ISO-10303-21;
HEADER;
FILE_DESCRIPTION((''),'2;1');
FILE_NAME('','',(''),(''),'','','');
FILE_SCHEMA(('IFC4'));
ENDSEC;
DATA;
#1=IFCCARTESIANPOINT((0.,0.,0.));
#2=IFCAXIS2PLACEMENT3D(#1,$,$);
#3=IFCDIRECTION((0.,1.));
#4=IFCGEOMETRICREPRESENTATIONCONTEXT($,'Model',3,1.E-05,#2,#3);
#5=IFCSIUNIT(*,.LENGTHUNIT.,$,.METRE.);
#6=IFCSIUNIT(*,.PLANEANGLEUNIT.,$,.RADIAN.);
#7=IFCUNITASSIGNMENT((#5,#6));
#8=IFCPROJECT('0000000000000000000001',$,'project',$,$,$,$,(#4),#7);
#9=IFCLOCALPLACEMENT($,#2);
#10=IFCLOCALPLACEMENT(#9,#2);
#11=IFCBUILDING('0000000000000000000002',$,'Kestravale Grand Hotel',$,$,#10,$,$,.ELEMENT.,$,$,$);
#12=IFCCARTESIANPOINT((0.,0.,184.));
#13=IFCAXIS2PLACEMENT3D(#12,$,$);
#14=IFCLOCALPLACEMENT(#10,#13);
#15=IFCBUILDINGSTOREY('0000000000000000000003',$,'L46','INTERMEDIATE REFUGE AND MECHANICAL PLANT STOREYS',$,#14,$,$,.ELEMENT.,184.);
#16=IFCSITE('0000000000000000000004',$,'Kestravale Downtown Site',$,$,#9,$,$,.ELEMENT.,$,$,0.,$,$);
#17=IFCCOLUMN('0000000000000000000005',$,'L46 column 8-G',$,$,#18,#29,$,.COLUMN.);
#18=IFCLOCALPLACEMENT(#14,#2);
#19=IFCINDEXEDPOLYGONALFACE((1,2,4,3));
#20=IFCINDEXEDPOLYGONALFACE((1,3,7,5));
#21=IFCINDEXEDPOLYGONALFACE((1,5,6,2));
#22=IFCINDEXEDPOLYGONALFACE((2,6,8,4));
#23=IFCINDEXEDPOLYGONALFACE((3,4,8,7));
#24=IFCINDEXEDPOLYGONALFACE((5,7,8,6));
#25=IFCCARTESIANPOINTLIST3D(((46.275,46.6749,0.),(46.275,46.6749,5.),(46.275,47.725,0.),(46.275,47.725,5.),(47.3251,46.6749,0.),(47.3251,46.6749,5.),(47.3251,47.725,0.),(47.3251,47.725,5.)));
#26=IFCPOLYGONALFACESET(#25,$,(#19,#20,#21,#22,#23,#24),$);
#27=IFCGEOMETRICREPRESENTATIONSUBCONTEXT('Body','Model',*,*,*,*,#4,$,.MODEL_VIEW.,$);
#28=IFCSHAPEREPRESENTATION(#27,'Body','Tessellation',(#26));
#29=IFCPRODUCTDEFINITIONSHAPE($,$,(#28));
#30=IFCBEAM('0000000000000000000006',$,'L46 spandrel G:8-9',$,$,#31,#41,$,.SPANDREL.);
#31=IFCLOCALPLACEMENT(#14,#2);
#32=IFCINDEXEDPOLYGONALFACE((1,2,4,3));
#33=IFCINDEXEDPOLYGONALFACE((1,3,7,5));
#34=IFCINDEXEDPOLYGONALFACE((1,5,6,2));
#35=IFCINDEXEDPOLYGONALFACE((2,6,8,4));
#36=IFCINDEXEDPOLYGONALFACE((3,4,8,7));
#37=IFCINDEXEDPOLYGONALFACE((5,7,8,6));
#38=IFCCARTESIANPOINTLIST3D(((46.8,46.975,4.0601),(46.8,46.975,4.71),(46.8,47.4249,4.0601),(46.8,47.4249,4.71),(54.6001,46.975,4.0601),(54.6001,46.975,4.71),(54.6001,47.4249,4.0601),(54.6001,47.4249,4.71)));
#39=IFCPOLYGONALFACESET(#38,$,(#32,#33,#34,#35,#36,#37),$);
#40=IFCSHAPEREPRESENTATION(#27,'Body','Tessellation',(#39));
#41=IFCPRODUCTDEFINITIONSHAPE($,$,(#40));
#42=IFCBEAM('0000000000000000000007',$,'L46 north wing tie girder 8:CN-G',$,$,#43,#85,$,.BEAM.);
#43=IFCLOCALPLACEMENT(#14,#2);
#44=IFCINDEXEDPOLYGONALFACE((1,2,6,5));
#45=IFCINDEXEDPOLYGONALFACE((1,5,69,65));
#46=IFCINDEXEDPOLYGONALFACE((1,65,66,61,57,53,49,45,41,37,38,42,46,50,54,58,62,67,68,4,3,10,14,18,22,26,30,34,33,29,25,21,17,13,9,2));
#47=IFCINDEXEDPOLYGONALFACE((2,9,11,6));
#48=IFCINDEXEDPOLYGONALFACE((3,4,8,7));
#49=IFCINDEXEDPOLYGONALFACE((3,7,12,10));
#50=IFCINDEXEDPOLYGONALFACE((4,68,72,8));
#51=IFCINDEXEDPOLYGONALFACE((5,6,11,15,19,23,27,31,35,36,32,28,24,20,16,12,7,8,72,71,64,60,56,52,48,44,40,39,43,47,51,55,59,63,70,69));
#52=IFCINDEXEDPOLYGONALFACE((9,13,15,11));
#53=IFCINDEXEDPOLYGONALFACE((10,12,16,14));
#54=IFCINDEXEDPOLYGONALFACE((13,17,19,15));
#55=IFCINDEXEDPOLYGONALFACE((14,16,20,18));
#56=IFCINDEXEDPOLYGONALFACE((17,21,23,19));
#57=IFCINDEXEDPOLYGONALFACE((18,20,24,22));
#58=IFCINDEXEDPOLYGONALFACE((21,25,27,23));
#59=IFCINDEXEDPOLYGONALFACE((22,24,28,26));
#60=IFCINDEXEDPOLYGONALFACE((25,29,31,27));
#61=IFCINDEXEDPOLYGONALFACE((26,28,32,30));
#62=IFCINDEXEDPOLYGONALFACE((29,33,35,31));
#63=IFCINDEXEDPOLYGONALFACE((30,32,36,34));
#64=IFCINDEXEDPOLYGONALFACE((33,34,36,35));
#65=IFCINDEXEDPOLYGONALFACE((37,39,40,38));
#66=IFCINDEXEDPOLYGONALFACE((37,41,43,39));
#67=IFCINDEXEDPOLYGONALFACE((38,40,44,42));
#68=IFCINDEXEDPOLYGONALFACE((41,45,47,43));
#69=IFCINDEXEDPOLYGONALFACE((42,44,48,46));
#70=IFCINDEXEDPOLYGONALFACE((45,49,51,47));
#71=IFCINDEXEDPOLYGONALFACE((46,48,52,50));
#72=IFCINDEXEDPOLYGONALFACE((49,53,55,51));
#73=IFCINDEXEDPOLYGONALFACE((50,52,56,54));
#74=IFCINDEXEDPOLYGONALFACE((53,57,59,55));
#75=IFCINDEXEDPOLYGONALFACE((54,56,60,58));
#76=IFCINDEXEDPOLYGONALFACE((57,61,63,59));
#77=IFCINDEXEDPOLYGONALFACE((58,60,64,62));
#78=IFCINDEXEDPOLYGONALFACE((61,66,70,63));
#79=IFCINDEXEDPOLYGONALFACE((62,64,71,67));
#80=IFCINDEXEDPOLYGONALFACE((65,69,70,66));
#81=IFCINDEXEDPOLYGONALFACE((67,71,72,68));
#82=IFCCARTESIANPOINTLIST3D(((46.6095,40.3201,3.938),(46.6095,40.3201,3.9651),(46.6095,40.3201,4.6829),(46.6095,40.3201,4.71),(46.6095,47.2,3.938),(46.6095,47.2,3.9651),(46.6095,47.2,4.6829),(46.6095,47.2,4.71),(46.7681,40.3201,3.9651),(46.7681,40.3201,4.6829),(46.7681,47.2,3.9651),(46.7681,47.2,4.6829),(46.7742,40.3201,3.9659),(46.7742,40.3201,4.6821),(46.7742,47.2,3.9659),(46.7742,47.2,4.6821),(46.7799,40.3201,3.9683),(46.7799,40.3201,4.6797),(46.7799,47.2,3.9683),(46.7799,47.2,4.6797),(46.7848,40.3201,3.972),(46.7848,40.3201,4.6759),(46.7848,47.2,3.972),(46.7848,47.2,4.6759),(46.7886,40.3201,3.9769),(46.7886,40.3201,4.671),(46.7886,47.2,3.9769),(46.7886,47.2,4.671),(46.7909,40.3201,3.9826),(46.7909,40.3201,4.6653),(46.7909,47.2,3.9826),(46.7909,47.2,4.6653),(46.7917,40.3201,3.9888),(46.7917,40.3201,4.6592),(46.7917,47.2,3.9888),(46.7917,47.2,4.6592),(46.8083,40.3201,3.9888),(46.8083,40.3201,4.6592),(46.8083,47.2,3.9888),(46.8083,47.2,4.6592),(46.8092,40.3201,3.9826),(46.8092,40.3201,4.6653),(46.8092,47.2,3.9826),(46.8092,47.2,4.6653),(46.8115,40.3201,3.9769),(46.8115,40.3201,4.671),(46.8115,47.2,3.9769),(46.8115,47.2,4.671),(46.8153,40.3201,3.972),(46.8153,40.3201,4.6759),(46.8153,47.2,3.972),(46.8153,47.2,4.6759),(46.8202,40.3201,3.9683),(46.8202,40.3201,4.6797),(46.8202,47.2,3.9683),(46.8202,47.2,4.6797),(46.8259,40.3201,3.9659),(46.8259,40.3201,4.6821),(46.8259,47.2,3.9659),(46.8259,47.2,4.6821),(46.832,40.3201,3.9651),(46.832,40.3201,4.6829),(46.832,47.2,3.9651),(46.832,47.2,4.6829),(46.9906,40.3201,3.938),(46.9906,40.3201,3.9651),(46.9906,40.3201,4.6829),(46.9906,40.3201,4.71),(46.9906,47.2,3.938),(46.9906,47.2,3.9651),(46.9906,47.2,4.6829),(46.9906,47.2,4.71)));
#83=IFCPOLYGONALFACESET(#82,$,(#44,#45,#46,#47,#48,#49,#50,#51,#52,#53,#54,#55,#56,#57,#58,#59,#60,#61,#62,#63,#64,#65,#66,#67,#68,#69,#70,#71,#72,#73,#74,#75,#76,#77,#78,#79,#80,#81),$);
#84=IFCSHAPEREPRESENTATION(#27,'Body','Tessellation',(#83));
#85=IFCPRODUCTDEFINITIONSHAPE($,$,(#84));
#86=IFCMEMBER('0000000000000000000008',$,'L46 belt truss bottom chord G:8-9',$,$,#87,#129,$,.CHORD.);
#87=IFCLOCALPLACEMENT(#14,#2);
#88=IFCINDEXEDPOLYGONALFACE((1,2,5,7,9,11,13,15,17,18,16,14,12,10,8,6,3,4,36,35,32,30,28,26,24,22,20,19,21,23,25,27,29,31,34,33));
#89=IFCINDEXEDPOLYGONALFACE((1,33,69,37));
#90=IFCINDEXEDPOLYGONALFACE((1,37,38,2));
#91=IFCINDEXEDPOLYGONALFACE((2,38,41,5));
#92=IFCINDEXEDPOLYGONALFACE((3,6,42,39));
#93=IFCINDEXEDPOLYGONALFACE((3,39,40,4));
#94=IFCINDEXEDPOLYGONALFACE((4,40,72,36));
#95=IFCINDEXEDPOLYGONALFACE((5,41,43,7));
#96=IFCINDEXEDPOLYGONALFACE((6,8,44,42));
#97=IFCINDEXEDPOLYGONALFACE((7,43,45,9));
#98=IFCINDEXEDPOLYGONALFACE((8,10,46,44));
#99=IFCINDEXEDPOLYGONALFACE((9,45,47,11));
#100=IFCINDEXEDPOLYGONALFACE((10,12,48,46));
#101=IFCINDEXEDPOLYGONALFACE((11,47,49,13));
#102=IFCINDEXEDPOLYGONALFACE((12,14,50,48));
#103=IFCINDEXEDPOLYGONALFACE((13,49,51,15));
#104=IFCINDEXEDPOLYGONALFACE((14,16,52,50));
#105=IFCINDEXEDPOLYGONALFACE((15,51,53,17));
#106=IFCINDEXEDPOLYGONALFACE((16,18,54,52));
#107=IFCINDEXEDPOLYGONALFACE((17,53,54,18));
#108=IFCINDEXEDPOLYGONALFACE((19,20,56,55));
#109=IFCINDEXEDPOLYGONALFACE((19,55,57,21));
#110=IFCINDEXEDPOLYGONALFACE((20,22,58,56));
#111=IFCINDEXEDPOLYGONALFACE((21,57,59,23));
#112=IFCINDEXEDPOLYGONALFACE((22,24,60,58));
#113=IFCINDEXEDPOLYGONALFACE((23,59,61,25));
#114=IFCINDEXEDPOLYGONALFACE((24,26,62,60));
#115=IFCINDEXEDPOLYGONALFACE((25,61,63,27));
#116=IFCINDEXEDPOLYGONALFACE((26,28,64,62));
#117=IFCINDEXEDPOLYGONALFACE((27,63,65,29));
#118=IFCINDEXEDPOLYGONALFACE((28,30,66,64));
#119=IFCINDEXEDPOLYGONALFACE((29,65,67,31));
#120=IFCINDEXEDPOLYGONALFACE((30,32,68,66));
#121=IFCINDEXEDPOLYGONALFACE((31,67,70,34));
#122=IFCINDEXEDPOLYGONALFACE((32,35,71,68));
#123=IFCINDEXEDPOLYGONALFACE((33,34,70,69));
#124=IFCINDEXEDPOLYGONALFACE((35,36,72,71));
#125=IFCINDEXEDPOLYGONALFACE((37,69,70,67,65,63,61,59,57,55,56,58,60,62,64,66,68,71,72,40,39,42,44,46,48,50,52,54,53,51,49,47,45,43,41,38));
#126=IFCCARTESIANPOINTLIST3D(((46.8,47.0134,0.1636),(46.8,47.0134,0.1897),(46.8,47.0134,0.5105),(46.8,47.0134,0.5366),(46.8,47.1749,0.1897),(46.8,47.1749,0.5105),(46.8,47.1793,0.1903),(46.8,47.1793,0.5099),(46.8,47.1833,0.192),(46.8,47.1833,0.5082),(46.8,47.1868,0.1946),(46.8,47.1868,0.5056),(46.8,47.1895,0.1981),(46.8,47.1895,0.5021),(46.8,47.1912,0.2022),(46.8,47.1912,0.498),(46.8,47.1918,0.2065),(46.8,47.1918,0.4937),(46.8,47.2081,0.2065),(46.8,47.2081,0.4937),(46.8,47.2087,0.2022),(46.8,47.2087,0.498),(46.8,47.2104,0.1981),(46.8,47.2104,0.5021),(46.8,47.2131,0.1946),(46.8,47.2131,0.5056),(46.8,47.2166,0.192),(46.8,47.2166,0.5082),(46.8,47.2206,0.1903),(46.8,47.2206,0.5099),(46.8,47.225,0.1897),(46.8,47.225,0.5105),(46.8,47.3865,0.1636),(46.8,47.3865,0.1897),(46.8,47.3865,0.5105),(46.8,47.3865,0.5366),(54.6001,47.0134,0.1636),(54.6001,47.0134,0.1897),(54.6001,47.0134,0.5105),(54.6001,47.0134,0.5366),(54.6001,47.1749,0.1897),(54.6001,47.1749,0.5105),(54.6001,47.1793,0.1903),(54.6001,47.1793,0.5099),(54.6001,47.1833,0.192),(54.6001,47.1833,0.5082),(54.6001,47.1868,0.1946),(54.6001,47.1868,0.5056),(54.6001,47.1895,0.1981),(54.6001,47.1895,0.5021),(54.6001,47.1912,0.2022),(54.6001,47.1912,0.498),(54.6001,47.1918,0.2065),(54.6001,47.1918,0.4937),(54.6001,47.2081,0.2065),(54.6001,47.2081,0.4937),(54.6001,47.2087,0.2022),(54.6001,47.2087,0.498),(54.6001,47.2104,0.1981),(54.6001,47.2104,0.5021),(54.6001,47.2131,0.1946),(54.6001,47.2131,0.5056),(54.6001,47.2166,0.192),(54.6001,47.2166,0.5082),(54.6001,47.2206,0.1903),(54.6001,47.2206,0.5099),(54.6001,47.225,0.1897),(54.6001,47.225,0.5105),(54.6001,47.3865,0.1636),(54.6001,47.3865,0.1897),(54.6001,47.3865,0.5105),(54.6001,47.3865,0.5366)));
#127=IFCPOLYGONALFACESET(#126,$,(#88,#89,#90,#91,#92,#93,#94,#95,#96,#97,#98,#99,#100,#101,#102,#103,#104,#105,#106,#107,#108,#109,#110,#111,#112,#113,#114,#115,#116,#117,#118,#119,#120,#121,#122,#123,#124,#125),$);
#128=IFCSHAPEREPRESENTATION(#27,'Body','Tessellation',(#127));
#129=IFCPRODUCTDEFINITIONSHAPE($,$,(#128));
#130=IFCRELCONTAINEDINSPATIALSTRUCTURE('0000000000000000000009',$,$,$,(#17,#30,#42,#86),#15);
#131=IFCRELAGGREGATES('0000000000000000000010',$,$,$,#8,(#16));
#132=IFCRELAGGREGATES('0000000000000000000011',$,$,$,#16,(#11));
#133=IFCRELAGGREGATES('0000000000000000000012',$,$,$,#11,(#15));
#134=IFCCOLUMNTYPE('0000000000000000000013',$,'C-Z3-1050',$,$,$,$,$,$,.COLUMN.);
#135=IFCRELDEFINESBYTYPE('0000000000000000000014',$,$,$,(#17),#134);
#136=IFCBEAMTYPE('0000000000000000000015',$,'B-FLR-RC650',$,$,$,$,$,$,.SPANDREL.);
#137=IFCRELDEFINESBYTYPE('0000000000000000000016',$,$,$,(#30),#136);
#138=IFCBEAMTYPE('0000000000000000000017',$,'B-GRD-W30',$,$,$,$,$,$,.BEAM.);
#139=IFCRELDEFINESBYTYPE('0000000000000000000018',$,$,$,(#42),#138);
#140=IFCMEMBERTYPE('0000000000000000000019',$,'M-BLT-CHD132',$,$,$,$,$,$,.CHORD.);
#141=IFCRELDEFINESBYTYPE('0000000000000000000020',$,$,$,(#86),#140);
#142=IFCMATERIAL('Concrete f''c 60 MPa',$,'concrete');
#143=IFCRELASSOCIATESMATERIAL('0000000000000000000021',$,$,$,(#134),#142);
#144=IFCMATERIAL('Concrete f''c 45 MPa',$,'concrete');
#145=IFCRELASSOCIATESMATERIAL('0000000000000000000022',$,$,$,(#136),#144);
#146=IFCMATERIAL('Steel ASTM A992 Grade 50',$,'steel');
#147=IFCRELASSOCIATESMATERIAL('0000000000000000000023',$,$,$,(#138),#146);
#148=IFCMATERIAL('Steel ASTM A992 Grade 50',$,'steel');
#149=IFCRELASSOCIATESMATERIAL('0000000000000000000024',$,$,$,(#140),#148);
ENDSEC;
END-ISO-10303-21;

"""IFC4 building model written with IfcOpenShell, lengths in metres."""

from ifc_helpers import new_model, si_unit, direction, frame, origin, origin_2d, place, context, subcontext, project, spatial, rectangle, i_section, extrude, material, material_profile, profile_set, type_object, element, save


model = new_model("IFC4")

# Units and contexts
model_context = context("Model", 3, precision=1e-05, world=origin(), true_north=direction((0.0, 1.0)))
body_context = subcontext(model_context, "Body", "Model", "MODEL_VIEW")
ifc_project = project(units=[si_unit("LENGTHUNIT", "METRE"), si_unit("PLANEANGLEUNIT", "RADIAN")], contexts=[model_context])

# Site, building, storey
site_placement = place(None, origin())
site = spatial("IfcSite", under=ifc_project, at=site_placement, Name="Kestravale Downtown Site", CompositionType="ELEMENT", RefElevation=0.0)
building_placement = place(site_placement, origin())
building = spatial("IfcBuilding", under=site, at=building_placement, Name="Kestravale Grand Hotel", CompositionType="ELEMENT")
storey_placement = place(building_placement, frame((0.0, 0.0, 184.0)))
storey = spatial("IfcBuildingStorey", under=building, at=storey_placement, Name="L46", Description="INTERMEDIATE REFUGE AND MECHANICAL PLANT STOREYS", CompositionType="ELEMENT", Elevation=184.0)

# Column
ifc_material_1 = material(Name="Concrete f'c 60 MPa", Category="concrete")
ifc_material_profile_1 = material_profile(ifc_material_1, rectangle(XDim=1.05, YDim=1.05, at=origin_2d()))
ifc_profile_set_1 = profile_set([ifc_material_profile_1], Name="Concrete f'c 60 MPa")
column_type = type_object("IfcColumnType", Name="C-Z3-1050", PredefinedType="COLUMN", material=ifc_profile_set_1)
column_placement = place(storey_placement, frame((46.8, 47.2, 0.0), z_axis=(0.0, 0.0, 1.0), x_axis=(1.0, 0.0, 0.0)))
element("IfcColumn", 1, at=column_placement, inside=storey, type_object=column_type, Name="L46 column 8-G", PredefinedType="COLUMN", context=body_context, shape_type="SweptSolid", body=[
    extrude(rectangle(XDim=1.05, YDim=1.05, at=origin_2d()), origin(), (0.0, 0.0, 1.0), 5.0),
])

# Beams
ifc_material_2 = material(Name="Concrete f'c 45 MPa", Category="concrete")
ifc_material_profile_2 = material_profile(ifc_material_2, rectangle(XDim=0.45, YDim=0.6499, at=origin_2d()))
ifc_profile_set_2 = profile_set([ifc_material_profile_2], Name="Concrete f'c 45 MPa")
beam_type_1 = type_object("IfcBeamType", Name="B-FLR-RC650", PredefinedType="SPANDREL", material=ifc_profile_set_2)
beam_1_placement = place(storey_placement, frame((46.8, 47.2, 4.385), z_axis=(1.0, 0.0, 0.0), x_axis=(0.0, 1.0, 0.0)))
element("IfcBeam", 2, at=beam_1_placement, inside=storey, type_object=beam_type_1, Name="L46 spandrel G:8-9", PredefinedType="SPANDREL", context=body_context, shape_type="SweptSolid", body=[
    extrude(rectangle(XDim=0.45, YDim=0.6499, at=origin_2d()), origin(), (0.0, 0.0, 1.0), 7.8),
])
ifc_material_3 = material(Name="Steel ASTM A992 Grade 50", Category="steel")
ifc_material_profile_3 = material_profile(ifc_material_3, i_section(OverallWidth=0.3811, OverallDepth=0.772, WebThickness=0.0166, FlangeThickness=0.0271, FilletRadius=0.0237, at=origin_2d()))
ifc_profile_set_3 = profile_set([ifc_material_profile_3], Name="Steel ASTM A992 Grade 50")
beam_type_2 = type_object("IfcBeamType", Name="B-GRD-W30", PredefinedType="BEAM", material=ifc_profile_set_3)
beam_2_placement = place(storey_placement, frame((46.8, 40.3201, 4.324), z_axis=(0.0, 1.0, 0.0), x_axis=(-1.0, 0.0, 0.0)))
element("IfcBeam", 3, at=beam_2_placement, inside=storey, type_object=beam_type_2, Name="L46 north wing tie girder 8:CN-G", PredefinedType="BEAM", context=body_context, shape_type="SweptSolid", body=[
    extrude(i_section(OverallWidth=0.3811, OverallDepth=0.772, WebThickness=0.0166, FlangeThickness=0.0271, FilletRadius=0.0237, at=origin_2d()), origin(), (0.0, 0.0, 1.0), 6.8799),
])

# Member
ifc_material_4 = material(Name="Steel ASTM A992 Grade 50", Category="steel")
ifc_material_profile_4 = material_profile(ifc_material_4, i_section(OverallWidth=0.373, OverallDepth=0.373, WebThickness=0.0164, FlangeThickness=0.0261, FilletRadius=0.0168, at=origin_2d()))
ifc_profile_set_4 = profile_set([ifc_material_profile_4], Name="Steel ASTM A992 Grade 50")
member_type_1 = type_object("IfcMemberType", Name="M-BLT-CHD132", PredefinedType="CHORD", material=ifc_profile_set_4)
member_1_placement = place(storey_placement, frame((46.8, 47.2, 0.3501), z_axis=(1.0, 0.0, 0.0), x_axis=(0.0, 1.0, 0.0)))
element("IfcMember", 4, at=member_1_placement, inside=storey, type_object=member_type_1, Name="L46 belt truss bottom chord G:8-9", PredefinedType="CHORD", context=body_context, shape_type="SweptSolid", body=[
    extrude(i_section(OverallWidth=0.373, OverallDepth=0.373, WebThickness=0.0164, FlangeThickness=0.0261, FilletRadius=0.0168, at=origin_2d()), origin(), (0.0, 0.0, 1.0), 7.8),
])

save(model, "model.ifc")
